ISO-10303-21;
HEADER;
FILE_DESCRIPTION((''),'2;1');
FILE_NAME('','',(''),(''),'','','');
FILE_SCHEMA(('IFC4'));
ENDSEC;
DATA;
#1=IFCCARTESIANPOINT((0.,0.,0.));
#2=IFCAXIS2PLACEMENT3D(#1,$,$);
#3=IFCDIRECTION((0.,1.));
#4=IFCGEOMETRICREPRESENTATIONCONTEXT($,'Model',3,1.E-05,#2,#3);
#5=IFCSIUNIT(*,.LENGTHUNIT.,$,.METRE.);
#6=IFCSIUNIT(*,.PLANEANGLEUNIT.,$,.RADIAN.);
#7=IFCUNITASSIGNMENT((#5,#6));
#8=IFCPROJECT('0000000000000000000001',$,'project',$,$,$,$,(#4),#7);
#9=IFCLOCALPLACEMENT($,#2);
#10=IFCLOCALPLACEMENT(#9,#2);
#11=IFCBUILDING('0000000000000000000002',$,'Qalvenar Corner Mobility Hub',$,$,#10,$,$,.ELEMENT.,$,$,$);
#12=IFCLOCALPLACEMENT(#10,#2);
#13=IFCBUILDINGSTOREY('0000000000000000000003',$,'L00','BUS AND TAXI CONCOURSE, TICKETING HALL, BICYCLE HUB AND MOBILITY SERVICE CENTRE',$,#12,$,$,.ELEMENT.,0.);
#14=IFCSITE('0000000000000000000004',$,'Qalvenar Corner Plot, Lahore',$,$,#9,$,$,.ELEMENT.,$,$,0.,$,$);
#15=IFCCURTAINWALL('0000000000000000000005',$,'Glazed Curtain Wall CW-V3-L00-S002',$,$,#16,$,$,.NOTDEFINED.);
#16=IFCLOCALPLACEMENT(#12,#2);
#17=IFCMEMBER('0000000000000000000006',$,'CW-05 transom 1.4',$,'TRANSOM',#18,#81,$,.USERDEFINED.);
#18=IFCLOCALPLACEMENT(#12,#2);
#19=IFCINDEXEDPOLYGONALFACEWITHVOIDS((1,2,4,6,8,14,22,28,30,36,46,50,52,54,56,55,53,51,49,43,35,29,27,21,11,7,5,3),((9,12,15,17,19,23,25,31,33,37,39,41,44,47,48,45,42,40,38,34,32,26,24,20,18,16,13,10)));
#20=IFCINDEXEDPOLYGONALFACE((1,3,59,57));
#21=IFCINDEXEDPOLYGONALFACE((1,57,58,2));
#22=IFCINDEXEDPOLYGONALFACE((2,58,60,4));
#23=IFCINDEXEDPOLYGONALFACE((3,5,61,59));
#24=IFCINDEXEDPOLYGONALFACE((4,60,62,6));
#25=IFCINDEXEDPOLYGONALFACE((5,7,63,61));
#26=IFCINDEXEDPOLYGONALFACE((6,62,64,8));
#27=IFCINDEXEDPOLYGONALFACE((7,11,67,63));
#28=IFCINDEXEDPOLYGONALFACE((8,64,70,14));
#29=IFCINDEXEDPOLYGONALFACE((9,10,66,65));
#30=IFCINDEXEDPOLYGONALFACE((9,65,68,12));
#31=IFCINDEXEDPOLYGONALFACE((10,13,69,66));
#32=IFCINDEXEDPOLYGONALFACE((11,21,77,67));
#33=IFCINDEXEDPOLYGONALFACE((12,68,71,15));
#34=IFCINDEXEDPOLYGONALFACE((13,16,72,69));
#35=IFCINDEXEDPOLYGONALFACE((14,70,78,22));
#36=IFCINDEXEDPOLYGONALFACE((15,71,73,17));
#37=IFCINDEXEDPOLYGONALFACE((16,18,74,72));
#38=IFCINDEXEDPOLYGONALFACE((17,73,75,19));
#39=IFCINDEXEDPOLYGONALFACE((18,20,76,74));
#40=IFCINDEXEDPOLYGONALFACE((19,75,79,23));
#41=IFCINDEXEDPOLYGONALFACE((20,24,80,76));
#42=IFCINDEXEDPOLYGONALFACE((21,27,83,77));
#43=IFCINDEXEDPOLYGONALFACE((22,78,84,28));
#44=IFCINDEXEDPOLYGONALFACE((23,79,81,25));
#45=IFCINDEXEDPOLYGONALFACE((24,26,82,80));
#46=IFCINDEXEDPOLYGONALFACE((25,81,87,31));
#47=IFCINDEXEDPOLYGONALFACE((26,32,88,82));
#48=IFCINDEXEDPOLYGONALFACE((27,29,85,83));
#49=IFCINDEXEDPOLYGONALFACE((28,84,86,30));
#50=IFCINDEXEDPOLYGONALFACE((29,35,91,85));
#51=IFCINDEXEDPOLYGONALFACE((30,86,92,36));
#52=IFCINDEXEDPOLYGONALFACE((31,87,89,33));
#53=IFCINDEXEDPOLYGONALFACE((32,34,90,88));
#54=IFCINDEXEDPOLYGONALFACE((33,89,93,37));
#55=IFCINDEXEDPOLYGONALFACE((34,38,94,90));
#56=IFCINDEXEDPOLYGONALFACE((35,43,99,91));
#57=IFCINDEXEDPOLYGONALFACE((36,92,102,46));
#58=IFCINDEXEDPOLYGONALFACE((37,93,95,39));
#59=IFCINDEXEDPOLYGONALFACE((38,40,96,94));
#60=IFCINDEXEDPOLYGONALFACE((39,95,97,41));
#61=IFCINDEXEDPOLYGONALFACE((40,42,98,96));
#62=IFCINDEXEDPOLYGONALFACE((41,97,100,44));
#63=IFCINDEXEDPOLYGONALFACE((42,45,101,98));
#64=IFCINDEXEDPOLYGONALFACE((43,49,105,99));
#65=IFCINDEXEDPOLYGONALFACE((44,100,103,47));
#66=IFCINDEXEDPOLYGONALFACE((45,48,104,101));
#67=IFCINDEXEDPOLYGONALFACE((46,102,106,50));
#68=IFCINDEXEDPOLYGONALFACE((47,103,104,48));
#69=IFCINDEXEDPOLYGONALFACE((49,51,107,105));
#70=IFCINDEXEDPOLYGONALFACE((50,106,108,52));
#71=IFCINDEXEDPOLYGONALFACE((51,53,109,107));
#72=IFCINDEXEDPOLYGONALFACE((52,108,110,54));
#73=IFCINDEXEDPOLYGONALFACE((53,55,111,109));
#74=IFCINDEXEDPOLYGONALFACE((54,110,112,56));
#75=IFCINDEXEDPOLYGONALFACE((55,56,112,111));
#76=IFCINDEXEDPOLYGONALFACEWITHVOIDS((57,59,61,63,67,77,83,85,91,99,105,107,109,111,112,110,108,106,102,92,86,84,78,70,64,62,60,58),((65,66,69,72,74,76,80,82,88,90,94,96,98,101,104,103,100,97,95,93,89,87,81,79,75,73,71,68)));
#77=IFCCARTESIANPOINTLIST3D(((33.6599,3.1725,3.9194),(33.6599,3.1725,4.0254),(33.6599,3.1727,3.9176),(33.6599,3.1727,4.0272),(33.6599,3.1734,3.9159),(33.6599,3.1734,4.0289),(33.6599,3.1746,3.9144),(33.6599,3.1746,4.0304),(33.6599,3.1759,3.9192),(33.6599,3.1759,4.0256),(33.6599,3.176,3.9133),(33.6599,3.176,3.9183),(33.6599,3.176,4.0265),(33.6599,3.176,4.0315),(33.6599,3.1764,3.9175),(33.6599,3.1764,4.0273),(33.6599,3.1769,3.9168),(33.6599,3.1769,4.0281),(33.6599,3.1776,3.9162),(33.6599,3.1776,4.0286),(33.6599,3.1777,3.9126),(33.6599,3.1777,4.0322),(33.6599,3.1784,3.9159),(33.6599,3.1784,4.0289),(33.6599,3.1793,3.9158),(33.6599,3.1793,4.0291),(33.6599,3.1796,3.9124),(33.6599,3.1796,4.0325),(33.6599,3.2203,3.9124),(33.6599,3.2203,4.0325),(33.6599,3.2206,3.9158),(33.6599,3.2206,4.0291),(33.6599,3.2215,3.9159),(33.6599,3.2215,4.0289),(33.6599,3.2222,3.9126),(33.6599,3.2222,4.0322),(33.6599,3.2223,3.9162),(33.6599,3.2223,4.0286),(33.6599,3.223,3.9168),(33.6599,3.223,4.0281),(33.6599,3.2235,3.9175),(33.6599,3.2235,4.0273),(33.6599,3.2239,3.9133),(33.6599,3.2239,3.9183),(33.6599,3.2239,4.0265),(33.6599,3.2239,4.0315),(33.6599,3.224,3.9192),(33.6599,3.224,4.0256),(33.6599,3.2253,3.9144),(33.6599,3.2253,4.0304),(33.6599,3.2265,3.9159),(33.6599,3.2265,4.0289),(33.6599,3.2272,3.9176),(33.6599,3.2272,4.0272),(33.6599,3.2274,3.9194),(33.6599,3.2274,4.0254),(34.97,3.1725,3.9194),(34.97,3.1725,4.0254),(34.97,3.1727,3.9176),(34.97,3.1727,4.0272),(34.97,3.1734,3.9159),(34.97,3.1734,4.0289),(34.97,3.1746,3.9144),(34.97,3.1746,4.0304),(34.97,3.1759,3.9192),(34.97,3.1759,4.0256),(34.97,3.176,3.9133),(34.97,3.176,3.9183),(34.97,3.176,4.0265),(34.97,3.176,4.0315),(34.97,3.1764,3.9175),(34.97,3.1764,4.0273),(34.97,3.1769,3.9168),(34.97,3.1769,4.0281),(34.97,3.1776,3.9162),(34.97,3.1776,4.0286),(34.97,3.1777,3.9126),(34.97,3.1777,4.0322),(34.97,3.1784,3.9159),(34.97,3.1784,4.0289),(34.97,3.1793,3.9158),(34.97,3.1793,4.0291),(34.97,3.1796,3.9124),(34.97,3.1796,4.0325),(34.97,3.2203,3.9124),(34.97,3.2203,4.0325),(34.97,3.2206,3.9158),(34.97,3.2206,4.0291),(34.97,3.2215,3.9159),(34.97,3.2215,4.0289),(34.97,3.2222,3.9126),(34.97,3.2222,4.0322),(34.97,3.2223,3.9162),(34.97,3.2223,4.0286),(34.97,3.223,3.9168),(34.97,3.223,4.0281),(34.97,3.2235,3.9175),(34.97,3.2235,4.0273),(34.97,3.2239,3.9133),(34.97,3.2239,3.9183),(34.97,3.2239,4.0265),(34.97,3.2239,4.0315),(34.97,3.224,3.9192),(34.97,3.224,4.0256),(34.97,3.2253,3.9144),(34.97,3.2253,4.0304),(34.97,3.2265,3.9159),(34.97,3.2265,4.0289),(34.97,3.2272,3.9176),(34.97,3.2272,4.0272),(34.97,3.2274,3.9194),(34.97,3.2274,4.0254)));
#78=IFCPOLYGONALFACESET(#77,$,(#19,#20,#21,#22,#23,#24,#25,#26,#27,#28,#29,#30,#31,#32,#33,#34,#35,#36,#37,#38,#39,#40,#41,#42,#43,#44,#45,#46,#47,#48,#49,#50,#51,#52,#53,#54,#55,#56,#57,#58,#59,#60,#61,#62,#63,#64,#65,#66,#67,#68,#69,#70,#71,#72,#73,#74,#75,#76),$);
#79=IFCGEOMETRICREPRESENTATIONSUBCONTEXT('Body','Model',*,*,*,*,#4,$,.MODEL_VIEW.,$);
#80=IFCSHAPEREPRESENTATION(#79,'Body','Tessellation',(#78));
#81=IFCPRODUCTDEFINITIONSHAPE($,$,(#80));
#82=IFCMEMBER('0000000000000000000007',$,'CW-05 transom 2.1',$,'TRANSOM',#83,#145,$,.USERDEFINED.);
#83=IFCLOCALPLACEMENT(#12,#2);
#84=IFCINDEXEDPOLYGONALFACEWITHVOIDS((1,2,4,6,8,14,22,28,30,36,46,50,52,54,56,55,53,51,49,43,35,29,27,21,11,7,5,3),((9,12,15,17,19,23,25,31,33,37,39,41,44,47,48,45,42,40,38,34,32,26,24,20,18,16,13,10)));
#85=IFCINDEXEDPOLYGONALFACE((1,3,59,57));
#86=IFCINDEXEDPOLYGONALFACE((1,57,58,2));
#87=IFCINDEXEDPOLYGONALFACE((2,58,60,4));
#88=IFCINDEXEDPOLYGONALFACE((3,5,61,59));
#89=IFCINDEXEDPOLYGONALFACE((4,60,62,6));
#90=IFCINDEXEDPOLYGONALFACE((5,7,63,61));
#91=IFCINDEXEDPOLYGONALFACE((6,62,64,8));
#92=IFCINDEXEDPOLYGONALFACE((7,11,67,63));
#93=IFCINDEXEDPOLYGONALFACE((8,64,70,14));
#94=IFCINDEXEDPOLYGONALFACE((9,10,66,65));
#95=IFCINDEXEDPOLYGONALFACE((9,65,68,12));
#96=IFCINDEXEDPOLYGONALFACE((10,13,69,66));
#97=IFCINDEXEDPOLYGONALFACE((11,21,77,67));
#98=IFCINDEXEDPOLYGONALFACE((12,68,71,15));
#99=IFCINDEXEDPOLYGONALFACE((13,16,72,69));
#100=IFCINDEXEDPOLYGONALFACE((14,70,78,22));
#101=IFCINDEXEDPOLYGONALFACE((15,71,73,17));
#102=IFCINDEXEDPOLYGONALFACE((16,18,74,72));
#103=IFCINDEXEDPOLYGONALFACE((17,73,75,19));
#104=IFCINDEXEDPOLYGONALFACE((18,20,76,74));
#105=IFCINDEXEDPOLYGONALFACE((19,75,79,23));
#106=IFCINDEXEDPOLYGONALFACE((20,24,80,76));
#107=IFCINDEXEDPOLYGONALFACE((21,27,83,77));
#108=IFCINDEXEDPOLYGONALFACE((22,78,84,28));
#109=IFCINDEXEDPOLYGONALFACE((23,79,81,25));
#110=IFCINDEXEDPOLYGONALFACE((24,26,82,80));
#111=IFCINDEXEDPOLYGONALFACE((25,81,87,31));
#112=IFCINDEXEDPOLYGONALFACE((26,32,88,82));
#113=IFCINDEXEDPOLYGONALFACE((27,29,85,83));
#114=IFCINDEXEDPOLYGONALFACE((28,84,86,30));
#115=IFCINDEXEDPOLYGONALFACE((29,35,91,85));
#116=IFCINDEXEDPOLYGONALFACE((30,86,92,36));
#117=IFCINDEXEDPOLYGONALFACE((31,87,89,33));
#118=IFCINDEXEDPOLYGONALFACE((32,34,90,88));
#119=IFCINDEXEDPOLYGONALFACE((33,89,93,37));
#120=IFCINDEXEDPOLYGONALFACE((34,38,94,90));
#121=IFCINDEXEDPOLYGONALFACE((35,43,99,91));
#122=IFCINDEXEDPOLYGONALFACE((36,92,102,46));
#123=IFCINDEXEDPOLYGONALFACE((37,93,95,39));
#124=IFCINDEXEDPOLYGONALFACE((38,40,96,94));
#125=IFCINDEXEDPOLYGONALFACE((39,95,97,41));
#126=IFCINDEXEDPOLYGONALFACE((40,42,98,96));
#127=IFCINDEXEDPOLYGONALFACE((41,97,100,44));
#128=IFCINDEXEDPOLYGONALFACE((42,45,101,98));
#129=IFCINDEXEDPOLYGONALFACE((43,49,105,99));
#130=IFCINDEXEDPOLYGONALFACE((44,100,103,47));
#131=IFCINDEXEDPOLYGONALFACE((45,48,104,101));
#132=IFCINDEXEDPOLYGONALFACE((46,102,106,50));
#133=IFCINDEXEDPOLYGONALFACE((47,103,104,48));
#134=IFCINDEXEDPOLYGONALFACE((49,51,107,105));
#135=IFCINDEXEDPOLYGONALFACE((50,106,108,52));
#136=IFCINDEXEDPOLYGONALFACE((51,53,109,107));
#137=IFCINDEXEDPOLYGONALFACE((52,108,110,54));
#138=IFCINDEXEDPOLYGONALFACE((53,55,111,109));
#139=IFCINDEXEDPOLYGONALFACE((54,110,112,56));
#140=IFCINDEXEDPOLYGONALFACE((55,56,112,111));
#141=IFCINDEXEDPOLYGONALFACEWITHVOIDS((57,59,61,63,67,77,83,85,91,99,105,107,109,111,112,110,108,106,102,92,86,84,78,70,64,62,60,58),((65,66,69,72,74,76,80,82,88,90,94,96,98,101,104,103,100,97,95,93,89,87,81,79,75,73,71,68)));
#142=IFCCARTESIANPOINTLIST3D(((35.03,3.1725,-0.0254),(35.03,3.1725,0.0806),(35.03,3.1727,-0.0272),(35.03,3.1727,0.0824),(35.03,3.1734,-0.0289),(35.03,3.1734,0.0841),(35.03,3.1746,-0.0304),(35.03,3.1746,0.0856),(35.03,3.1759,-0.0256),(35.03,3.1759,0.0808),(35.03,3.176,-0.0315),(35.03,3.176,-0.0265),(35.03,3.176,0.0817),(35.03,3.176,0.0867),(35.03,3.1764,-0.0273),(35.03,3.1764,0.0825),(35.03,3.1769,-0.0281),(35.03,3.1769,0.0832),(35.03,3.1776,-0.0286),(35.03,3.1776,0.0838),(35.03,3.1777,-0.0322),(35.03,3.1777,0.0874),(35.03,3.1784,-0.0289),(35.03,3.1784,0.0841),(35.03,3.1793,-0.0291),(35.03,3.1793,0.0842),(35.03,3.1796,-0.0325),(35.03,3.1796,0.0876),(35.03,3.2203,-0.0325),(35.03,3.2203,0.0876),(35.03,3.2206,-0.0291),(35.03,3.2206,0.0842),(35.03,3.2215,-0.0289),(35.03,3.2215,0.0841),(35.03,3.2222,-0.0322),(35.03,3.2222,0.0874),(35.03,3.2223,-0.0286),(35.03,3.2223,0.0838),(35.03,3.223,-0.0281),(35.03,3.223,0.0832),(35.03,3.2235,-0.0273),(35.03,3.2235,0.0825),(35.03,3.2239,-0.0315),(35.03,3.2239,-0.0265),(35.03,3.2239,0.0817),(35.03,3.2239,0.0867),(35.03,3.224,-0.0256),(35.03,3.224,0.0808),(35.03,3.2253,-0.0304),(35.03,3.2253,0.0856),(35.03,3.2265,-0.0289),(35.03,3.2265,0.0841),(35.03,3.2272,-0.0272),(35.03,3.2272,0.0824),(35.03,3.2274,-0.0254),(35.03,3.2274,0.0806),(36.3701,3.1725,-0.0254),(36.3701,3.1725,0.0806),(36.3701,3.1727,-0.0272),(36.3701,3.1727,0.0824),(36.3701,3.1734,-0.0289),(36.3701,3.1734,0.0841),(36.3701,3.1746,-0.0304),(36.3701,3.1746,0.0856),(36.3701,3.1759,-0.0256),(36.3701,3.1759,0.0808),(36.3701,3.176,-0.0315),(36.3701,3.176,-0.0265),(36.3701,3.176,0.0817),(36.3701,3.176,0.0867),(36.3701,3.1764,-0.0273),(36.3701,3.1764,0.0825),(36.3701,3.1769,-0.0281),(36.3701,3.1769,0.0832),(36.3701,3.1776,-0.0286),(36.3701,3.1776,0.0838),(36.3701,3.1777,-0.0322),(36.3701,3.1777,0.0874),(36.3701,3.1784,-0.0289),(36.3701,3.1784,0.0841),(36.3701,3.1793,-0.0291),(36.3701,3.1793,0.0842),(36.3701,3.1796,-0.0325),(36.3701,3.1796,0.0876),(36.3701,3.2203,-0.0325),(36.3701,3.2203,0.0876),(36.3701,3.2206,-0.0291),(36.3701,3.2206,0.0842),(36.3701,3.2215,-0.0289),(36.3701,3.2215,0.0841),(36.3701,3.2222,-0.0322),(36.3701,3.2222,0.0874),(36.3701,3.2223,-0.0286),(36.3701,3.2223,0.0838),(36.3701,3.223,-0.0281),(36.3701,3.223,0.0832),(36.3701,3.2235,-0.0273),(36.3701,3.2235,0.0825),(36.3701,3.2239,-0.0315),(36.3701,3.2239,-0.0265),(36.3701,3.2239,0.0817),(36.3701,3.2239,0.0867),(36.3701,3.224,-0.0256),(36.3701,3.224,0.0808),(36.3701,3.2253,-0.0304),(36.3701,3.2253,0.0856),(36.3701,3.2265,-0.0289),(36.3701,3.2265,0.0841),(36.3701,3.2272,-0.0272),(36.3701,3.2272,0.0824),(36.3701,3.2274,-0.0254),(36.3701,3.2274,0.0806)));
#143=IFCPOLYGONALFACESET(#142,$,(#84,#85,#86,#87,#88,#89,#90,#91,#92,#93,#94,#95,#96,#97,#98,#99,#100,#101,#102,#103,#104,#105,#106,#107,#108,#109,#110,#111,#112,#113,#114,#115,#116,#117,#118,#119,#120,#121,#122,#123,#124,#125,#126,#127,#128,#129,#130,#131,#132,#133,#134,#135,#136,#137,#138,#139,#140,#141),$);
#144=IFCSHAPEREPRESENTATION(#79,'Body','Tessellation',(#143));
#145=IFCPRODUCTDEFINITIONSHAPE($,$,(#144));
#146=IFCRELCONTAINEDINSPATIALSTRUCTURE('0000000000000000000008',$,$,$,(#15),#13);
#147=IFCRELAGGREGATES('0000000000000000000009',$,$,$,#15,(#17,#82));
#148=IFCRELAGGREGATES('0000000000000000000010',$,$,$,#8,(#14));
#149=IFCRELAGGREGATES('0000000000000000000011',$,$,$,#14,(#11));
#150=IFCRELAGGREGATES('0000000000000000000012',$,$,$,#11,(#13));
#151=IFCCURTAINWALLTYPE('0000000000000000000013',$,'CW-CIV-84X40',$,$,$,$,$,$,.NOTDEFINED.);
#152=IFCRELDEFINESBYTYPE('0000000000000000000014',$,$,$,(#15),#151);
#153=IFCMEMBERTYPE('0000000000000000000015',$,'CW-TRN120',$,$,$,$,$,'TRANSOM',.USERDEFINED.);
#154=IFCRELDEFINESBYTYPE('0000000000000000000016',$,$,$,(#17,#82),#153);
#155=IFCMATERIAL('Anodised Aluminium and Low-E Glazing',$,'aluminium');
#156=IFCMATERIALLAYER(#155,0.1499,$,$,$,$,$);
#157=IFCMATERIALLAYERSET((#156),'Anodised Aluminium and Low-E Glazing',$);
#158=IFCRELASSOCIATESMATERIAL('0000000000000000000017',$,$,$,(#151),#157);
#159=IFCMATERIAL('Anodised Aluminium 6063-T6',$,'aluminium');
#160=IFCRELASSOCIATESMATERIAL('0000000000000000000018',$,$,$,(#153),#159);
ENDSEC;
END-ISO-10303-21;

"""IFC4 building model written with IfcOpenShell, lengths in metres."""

from ifc_helpers import new_model, si_unit, direction, frame, origin, origin_2d, place, context, subcontext, project, spatial, hollow_rectangle, extrude, material, layer, layer_set, material_profile, profile_set, type_object, element, aggregate, save


model = new_model("IFC4")

# Units and contexts
model_context = context("Model", 3, precision=1e-05, world=origin(), true_north=direction((0.0, 1.0)))
body_context = subcontext(model_context, "Body", "Model", "MODEL_VIEW")
ifc_project = project(units=[si_unit("LENGTHUNIT", "METRE"), si_unit("PLANEANGLEUNIT", "RADIAN")], contexts=[model_context])

# Site, building, storey
site_placement = place(None, origin())
site = spatial("IfcSite", under=ifc_project, at=site_placement, Name="Qalvenar Corner Plot, Lahore", CompositionType="ELEMENT", RefElevation=0.0)
building_placement = place(site_placement, origin())
building = spatial("IfcBuilding", under=site, at=building_placement, Name="Qalvenar Corner Mobility Hub", CompositionType="ELEMENT")
storey_placement = place(building_placement, origin())
storey = spatial("IfcBuildingStorey", under=building, at=storey_placement, Name="L00", Description="BUS AND TAXI CONCOURSE, TICKETING HALL, BICYCLE HUB AND MOBILITY SERVICE CENTRE", CompositionType="ELEMENT", Elevation=0.0)

# Curtain wall, members
ifc_material_1 = material(Name="Anodised Aluminium and Low-E Glazing", Category="aluminium")
ifc_layer_1 = layer(ifc_material_1, 0.1499)
ifc_layer_set_1 = layer_set([ifc_layer_1], Name="Anodised Aluminium and Low-E Glazing")
curtain_wall_type = type_object("IfcCurtainWallType", Name="CW-CIV-84X40", PredefinedType="NOTDEFINED", material=ifc_layer_set_1)
curtain_wall_placement = place(storey_placement, origin())
curtain_wall = element("IfcCurtainWall", 1, at=curtain_wall_placement, inside=storey, type_object=curtain_wall_type, Name="Glazed Curtain Wall CW-V3-L00-S002", PredefinedType="NOTDEFINED")
ifc_material_2 = material(Name="Anodised Aluminium 6063-T6", Category="aluminium")
ifc_material_profile_1 = material_profile(ifc_material_2, hollow_rectangle(XDim=0.0549, YDim=0.1201, WallThickness=0.0034, InnerFilletRadius=0.0034, OuterFilletRadius=0.0071, at=origin_2d()), Name="RHS120x55x3.5")
ifc_profile_set_1 = profile_set([ifc_material_profile_1], Name="Anodised Aluminium 6063-T6")
member_type_1 = type_object("IfcMemberType", Name="CW-TRN120", ElementType="TRANSOM", PredefinedType="USERDEFINED", material=ifc_profile_set_1)
member_1_placement = place(storey_placement, frame((33.6599, 3.2, 3.9724), z_axis=(1.0, 0.0, 0.0), x_axis=(0.0, 1.0, 0.0)))
member_1 = element("IfcMember", 2, at=member_1_placement, type_object=member_type_1, Name="CW-05 transom 1.4", ObjectType="TRANSOM", PredefinedType="USERDEFINED", context=body_context, shape_type="SweptSolid", body=[
    extrude(hollow_rectangle(XDim=0.0549, YDim=0.1201, WallThickness=0.0034, InnerFilletRadius=0.0034, OuterFilletRadius=0.0071, at=origin_2d()), origin(), (0.0, 0.0, 1.0), 1.3101),
])
member_2_placement = place(storey_placement, frame((35.03, 3.2, 0.0276), z_axis=(1.0, 0.0, 0.0), x_axis=(0.0, 1.0, 0.0)))
member_2 = element("IfcMember", 3, at=member_2_placement, type_object=member_type_1, Name="CW-05 transom 2.1", ObjectType="TRANSOM", PredefinedType="USERDEFINED", context=body_context, shape_type="SweptSolid", body=[
    extrude(hollow_rectangle(XDim=0.0549, YDim=0.1201, WallThickness=0.0034, InnerFilletRadius=0.0034, OuterFilletRadius=0.0071, at=origin_2d()), origin(), (0.0, 0.0, 1.0), 1.3401),
])
aggregate(curtain_wall, [member_1, member_2])

save(model, "model.ifc")
